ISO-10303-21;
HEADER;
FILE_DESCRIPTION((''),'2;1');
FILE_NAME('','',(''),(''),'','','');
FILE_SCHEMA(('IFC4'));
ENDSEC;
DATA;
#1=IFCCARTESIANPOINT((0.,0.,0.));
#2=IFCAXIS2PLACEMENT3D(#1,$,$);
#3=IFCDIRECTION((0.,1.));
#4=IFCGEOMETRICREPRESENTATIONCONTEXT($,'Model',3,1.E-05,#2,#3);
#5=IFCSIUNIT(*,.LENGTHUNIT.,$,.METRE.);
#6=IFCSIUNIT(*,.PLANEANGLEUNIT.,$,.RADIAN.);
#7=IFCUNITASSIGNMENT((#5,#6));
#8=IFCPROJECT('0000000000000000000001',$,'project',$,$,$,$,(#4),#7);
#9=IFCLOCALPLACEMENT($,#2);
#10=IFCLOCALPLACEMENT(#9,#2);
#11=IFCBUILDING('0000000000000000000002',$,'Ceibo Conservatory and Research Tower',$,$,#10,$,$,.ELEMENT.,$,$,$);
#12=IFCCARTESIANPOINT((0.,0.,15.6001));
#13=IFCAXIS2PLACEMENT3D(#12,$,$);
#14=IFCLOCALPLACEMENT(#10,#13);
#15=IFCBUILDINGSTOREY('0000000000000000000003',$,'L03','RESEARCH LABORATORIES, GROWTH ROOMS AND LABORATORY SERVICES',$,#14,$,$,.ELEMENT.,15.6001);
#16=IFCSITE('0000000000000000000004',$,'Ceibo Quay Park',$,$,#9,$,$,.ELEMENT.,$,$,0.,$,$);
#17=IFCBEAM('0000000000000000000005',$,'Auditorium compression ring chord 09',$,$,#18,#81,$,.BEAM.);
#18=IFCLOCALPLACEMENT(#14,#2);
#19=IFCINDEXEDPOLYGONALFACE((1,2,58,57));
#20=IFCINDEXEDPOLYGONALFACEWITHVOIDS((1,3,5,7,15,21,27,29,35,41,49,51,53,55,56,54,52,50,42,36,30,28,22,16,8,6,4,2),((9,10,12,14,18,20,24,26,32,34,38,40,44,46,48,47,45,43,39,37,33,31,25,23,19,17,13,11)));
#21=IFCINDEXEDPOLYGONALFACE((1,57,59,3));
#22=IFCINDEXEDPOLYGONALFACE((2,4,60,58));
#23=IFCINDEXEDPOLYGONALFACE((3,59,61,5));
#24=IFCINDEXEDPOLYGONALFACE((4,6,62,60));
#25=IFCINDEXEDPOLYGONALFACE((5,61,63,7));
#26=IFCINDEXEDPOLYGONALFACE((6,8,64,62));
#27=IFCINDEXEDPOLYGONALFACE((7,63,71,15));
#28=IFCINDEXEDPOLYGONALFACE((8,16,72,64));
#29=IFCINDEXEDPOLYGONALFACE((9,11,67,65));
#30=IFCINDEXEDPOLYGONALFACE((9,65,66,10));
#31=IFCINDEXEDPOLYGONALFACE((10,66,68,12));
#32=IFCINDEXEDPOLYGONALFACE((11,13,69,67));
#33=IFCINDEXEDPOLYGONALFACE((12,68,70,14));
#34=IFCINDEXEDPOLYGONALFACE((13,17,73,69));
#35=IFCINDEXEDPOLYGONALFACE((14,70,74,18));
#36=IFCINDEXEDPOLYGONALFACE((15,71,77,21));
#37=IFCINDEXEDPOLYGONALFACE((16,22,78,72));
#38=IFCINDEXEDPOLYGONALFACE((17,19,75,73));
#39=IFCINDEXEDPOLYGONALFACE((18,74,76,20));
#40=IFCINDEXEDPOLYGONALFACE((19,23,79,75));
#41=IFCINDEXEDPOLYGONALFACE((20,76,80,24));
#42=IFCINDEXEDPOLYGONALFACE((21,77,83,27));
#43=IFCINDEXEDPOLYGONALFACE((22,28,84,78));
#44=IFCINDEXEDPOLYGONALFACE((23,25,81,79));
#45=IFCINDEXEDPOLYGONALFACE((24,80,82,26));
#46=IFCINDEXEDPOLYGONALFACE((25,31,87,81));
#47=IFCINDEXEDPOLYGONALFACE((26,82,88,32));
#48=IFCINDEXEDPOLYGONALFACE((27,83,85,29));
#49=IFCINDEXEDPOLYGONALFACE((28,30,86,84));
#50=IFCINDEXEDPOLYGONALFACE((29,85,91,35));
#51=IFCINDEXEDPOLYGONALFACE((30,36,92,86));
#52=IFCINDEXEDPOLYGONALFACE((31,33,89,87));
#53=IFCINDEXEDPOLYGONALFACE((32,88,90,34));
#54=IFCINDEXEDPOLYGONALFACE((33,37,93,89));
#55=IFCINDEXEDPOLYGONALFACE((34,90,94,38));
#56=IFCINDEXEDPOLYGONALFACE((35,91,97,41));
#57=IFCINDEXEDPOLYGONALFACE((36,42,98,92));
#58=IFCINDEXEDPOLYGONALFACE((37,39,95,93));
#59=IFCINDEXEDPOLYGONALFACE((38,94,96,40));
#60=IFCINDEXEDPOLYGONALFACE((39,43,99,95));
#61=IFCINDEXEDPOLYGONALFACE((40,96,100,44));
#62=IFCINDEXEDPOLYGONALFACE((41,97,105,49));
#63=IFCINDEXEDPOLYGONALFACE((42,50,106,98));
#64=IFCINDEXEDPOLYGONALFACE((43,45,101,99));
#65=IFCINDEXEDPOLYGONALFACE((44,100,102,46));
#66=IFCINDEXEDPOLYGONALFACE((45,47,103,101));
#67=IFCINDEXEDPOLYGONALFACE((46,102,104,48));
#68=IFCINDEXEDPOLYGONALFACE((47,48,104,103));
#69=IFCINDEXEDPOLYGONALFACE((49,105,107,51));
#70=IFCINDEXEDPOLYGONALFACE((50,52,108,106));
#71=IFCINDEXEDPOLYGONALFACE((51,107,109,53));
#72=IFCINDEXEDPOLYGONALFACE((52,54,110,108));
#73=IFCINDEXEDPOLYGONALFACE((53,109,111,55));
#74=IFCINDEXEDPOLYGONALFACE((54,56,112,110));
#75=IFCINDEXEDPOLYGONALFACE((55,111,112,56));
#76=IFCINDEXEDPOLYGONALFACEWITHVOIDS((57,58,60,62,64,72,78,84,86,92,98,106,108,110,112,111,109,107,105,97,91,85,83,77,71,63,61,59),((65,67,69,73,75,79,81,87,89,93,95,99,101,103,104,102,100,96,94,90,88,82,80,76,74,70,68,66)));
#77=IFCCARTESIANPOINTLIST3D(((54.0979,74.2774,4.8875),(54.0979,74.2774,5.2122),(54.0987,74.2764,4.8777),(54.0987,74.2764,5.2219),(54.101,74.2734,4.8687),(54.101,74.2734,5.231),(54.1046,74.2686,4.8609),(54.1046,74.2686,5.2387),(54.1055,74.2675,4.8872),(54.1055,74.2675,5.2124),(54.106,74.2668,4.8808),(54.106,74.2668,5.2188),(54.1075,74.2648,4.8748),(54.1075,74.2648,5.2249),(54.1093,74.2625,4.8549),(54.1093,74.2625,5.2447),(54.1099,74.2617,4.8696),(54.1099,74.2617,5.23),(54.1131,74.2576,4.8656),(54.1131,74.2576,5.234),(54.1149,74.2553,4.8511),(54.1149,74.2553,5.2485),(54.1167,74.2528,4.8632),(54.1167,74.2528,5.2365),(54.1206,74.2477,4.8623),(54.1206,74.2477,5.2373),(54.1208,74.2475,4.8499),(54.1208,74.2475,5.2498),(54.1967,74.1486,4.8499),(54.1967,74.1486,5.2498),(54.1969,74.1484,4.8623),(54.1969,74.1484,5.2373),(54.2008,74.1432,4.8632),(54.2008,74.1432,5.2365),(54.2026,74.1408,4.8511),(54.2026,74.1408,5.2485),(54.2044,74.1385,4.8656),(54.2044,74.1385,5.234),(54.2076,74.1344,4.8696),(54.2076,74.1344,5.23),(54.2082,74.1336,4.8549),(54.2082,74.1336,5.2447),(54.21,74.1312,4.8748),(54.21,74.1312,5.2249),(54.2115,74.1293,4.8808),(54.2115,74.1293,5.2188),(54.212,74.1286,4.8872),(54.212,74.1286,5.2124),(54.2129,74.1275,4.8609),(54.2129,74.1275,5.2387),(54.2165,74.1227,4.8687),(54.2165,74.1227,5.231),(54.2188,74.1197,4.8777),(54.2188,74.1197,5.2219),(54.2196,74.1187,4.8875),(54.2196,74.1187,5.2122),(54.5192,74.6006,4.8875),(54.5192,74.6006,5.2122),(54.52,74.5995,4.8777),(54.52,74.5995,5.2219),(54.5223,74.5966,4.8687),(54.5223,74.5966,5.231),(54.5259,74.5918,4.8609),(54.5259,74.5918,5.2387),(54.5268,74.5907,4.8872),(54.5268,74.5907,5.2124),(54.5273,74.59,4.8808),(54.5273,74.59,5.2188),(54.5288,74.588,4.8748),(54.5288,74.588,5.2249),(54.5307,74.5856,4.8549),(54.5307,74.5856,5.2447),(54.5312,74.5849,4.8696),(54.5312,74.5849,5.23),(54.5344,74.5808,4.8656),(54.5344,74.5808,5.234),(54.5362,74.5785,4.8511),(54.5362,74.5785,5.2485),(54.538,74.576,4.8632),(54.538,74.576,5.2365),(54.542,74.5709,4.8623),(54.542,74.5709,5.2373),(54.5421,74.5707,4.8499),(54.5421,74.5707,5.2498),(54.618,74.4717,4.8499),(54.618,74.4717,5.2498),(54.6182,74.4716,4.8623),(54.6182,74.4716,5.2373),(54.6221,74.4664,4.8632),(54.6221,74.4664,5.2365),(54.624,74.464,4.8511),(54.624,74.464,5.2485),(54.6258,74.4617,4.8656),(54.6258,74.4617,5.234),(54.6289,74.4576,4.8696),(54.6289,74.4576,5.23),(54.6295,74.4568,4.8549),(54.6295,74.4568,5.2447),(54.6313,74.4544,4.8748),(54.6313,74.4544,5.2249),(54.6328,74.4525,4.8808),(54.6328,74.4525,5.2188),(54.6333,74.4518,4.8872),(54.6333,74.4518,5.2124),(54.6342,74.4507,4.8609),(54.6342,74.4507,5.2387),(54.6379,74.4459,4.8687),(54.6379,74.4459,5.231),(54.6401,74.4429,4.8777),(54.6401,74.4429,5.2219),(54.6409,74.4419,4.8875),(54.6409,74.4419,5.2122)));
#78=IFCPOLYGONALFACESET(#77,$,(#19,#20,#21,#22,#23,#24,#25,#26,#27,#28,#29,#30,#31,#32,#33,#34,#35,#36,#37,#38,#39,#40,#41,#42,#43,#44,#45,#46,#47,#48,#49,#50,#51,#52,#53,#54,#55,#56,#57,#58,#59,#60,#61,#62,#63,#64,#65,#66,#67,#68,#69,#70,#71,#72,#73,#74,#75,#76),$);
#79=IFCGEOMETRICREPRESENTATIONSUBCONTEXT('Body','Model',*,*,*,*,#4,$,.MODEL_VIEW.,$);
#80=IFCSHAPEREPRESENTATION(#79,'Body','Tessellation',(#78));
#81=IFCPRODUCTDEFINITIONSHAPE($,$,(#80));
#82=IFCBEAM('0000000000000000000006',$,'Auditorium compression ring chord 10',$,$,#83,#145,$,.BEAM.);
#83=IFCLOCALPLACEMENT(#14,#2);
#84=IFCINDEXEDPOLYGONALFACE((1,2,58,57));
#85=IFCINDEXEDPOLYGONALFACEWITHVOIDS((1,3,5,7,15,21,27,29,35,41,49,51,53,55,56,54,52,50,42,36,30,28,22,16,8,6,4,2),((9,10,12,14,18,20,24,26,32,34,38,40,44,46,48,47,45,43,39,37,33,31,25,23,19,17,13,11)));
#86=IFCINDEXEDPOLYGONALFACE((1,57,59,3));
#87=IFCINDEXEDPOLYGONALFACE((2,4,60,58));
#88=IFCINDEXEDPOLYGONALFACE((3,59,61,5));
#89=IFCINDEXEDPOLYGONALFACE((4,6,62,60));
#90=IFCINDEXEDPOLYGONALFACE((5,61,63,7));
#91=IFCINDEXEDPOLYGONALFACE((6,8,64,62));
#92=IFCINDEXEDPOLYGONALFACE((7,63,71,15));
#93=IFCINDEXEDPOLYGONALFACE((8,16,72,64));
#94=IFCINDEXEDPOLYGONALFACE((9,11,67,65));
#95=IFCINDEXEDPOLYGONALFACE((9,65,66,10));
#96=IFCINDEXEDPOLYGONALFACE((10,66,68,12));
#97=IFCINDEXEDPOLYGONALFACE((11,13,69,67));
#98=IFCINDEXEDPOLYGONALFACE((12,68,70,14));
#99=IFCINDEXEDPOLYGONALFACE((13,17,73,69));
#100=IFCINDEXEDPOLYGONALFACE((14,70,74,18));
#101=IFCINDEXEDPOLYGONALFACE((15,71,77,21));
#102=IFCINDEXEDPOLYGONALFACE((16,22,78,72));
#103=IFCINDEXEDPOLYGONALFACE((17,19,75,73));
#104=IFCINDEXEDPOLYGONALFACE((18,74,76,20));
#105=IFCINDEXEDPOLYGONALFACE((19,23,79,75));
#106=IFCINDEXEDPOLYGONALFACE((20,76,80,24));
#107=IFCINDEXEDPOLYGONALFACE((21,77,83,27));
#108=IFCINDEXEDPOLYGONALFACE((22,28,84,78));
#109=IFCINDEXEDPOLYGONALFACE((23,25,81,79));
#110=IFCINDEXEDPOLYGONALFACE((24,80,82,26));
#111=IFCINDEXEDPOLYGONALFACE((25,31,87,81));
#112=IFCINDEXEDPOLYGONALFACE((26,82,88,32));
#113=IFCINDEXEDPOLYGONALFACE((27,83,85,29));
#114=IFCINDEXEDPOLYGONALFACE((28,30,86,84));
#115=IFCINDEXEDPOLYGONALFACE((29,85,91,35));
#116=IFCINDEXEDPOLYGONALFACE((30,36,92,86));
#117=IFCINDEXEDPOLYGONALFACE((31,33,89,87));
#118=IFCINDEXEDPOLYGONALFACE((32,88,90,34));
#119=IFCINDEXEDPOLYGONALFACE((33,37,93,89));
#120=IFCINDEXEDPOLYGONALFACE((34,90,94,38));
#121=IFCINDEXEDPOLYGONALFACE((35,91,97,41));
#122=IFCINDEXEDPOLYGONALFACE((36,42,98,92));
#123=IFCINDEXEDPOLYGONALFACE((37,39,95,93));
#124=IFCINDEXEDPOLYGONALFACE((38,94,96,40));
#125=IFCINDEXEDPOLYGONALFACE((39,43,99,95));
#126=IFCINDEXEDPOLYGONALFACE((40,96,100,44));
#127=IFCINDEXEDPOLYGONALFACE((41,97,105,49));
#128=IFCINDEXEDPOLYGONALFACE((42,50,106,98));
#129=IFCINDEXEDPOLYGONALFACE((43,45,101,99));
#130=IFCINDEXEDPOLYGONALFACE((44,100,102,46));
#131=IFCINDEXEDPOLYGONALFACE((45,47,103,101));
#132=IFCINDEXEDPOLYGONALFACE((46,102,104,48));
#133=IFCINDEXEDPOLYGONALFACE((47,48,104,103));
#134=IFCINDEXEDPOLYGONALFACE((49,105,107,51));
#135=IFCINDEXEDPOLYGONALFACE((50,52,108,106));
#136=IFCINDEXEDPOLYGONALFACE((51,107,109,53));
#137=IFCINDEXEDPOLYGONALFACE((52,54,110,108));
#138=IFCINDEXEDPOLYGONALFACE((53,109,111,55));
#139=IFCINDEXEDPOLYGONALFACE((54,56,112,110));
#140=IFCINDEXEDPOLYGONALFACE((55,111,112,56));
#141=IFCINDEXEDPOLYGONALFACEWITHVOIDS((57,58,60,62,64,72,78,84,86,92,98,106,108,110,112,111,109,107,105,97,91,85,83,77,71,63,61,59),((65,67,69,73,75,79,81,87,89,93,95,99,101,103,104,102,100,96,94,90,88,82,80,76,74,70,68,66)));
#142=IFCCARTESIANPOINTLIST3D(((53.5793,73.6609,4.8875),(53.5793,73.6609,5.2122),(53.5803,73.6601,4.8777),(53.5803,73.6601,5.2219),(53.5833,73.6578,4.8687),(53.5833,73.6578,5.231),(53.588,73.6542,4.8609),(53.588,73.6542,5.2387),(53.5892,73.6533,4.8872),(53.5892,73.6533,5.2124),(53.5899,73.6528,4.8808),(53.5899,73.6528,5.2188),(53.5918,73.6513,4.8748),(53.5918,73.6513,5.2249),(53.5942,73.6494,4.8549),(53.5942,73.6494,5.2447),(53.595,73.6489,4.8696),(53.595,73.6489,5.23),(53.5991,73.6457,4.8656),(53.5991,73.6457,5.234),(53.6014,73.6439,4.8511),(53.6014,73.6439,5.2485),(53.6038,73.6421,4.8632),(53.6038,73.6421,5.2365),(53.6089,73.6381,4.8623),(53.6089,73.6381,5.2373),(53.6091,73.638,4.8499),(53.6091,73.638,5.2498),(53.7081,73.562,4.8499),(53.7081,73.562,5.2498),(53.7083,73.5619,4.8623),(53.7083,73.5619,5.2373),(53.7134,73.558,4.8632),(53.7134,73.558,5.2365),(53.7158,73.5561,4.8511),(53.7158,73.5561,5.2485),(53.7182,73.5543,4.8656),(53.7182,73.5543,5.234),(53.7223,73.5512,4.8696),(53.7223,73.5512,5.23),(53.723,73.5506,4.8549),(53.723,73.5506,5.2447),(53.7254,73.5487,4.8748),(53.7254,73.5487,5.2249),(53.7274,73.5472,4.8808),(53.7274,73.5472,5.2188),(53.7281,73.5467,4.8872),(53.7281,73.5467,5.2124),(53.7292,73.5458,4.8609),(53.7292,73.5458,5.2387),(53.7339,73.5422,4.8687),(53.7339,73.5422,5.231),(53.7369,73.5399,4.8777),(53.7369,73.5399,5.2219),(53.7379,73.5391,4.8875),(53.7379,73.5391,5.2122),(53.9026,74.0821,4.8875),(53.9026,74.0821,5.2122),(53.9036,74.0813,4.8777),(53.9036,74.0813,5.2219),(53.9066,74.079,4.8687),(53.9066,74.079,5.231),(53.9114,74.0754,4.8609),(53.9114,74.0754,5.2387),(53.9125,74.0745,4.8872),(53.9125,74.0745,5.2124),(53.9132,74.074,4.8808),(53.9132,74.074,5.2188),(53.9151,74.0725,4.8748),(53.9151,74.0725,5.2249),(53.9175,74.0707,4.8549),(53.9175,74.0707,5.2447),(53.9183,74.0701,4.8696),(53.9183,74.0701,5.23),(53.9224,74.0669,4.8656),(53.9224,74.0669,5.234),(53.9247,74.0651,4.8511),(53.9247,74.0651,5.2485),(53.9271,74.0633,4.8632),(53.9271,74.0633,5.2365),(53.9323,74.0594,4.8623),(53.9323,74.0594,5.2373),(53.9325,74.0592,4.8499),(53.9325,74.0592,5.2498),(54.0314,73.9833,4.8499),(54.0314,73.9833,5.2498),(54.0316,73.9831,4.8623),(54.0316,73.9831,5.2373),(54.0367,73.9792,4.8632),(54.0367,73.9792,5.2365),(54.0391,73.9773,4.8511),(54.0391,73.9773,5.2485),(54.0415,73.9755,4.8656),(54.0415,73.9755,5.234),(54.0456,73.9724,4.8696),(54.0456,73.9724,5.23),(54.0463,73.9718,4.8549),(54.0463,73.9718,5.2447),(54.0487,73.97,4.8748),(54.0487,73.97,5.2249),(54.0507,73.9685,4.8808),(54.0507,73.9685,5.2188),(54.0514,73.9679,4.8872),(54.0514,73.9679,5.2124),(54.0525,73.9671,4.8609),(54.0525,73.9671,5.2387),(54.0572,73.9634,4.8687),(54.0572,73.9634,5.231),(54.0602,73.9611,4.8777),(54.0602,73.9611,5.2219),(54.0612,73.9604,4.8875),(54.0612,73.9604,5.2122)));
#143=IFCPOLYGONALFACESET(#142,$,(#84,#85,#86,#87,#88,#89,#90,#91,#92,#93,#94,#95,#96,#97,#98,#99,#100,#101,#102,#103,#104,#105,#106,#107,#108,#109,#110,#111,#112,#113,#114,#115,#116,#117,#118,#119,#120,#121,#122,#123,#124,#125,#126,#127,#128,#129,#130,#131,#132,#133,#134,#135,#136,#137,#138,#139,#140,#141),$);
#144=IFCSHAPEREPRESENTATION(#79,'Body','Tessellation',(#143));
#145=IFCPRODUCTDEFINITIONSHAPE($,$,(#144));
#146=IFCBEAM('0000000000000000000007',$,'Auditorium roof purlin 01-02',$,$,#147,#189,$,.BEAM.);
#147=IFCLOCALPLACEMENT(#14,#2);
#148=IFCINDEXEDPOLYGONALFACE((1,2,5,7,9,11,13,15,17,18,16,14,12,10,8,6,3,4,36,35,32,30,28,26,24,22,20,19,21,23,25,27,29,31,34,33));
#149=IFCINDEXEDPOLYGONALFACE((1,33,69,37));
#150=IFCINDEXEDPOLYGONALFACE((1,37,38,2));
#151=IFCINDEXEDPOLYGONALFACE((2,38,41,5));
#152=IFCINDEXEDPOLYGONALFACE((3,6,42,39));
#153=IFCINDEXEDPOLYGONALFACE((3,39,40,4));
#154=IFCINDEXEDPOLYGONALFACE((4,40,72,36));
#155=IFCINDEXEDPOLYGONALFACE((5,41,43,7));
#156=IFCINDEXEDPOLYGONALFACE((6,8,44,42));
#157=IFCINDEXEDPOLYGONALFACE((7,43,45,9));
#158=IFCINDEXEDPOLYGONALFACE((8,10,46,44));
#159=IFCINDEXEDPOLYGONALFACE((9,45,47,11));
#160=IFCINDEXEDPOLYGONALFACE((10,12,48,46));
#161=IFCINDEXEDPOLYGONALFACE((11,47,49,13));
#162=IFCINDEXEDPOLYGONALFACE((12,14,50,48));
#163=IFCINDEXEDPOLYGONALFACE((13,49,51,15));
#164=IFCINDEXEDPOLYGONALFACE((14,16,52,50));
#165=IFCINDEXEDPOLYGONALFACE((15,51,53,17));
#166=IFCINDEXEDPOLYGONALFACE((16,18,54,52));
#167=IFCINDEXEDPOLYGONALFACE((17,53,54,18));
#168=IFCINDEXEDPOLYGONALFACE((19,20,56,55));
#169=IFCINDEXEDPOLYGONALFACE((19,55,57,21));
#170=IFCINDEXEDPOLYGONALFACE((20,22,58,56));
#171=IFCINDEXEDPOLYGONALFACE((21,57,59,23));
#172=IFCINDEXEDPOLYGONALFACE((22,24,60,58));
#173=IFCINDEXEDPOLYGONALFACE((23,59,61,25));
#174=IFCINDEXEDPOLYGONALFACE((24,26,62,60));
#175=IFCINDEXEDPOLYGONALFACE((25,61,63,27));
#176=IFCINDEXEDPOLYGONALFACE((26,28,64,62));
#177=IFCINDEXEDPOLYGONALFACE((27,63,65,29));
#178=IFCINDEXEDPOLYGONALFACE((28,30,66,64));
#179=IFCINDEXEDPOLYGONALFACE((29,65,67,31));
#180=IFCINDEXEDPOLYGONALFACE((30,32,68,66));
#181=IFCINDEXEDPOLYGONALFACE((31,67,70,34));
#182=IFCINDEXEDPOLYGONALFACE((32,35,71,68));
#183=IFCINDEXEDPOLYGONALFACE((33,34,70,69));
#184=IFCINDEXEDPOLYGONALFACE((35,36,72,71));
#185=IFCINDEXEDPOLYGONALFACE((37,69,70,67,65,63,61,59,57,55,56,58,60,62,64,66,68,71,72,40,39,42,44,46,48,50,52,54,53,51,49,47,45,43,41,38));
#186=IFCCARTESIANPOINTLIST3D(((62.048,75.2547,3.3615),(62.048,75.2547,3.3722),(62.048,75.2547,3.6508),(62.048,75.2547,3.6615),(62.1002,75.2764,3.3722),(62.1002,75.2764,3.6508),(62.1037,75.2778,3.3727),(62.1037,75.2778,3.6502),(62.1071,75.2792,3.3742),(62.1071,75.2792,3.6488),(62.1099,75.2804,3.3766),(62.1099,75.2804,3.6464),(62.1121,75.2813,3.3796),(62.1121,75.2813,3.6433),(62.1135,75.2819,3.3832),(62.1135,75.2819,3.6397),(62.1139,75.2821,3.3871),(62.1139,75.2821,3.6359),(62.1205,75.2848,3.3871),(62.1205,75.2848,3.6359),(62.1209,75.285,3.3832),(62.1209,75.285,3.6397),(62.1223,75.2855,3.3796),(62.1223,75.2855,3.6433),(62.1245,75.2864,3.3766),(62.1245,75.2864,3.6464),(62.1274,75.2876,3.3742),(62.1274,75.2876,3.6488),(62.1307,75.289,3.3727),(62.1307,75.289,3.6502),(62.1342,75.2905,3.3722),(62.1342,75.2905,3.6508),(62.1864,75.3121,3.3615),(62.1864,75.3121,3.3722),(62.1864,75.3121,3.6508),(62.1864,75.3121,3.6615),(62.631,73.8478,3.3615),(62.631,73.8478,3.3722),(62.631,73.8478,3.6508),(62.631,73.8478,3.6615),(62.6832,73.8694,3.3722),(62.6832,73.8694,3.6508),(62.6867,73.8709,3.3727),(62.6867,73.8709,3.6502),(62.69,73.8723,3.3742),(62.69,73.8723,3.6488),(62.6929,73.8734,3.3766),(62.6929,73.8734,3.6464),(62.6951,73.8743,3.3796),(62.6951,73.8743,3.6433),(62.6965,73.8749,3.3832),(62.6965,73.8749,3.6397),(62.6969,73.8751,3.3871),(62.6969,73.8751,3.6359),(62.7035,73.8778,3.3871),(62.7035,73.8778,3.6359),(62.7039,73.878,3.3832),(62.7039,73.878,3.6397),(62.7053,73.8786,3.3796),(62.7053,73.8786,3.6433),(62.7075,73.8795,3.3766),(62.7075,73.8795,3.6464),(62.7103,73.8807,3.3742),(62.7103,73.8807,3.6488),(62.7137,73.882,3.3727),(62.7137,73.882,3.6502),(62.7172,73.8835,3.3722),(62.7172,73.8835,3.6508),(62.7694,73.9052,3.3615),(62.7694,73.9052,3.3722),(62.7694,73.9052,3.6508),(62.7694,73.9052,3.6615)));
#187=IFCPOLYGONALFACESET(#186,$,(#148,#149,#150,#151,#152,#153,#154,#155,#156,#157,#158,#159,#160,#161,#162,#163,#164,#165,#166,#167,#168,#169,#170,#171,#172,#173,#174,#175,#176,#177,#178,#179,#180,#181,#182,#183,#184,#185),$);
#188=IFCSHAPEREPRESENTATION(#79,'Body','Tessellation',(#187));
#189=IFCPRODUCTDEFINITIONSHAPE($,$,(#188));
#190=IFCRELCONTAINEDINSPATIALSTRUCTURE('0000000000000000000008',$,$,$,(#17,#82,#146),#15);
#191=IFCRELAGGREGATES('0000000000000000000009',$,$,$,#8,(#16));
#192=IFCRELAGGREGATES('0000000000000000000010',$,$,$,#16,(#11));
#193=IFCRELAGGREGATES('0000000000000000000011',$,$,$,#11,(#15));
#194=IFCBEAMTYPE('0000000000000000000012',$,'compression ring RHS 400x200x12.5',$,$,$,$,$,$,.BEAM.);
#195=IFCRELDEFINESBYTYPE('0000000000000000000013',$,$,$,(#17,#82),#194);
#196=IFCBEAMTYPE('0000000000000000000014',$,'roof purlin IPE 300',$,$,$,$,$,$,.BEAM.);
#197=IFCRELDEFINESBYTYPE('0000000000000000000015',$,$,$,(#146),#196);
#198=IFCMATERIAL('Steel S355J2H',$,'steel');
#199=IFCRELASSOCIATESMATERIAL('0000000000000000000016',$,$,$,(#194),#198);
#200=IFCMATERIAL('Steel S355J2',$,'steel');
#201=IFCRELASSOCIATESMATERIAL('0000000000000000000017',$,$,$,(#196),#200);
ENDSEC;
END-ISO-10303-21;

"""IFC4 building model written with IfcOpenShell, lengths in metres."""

from ifc_helpers import new_model, si_unit, direction, frame, origin, origin_2d, place, context, subcontext, project, spatial, hollow_rectangle, i_section, extrude, material, material_profile, profile_set, type_object, element, save


model = new_model("IFC4")

# Units and contexts
model_context = context("Model", 3, precision=1e-05, world=origin(), true_north=direction((0.0, 1.0)))
body_context = subcontext(model_context, "Body", "Model", "MODEL_VIEW")
ifc_project = project(units=[si_unit("LENGTHUNIT", "METRE"), si_unit("PLANEANGLEUNIT", "RADIAN")], contexts=[model_context])

# Site, building, storey
site_placement = place(None, origin())
site = spatial("IfcSite", under=ifc_project, at=site_placement, Name="Ceibo Quay Park", CompositionType="ELEMENT", RefElevation=0.0)
building_placement = place(site_placement, origin())
building = spatial("IfcBuilding", under=site, at=building_placement, Name="Ceibo Conservatory and Research Tower", CompositionType="ELEMENT")
storey_placement = place(building_placement, frame((0.0, 0.0, 15.6001)))
storey = spatial("IfcBuildingStorey", under=building, at=storey_placement, Name="L03", Description="RESEARCH LABORATORIES, GROWTH ROOMS AND LABORATORY SERVICES", CompositionType="ELEMENT", Elevation=15.6001)

# Beams
ifc_material_1 = material(Name="Steel S355J2H", Category="steel")
ifc_material_profile_1 = material_profile(ifc_material_1, hollow_rectangle(XDim=0.2, YDim=0.3999, WallThickness=0.0125, InnerFilletRadius=0.0249, OuterFilletRadius=0.0376, at=origin_2d()), Name="RHS 400x200x12.5")
ifc_profile_set_1 = profile_set([ifc_material_profile_1], Name="Steel S355J2H")
beam_type_1 = type_object("IfcBeamType", Name="compression ring RHS 400x200x12.5", PredefinedType="BEAM", material=ifc_profile_set_1)
for number, where, z_axis, x_axis, name in (
    (1, (54.5801, 74.5212, 5.0498), (-0.793444, -0.608644, 0.0), (0.608644, -0.793444, 0.0), "Auditorium compression ring chord 09"),
    (2, (53.9819, 74.0212, 5.0498), (-0.608866, -0.793273, 0.0), (0.793273, -0.608866, 0.0), "Auditorium compression ring chord 10"),
):
    element("IfcBeam", number, at=place(storey_placement, frame(where, z_axis=z_axis, x_axis=x_axis)), inside=storey, type_object=beam_type_1, Name=name, PredefinedType="BEAM", context=body_context, shape_type="SweptSolid", body=[
        extrude(hollow_rectangle(XDim=0.2, YDim=0.3999, WallThickness=0.0125, InnerFilletRadius=0.0249, OuterFilletRadius=0.0376, at=origin_2d()), origin(), (0.0, 0.0, 1.0), 0.531),
    ])
ifc_material_2 = material(Name="Steel S355J2", Category="steel")
ifc_material_profile_2 = material_profile(ifc_material_2, i_section(OverallWidth=0.1499, OverallDepth=0.3, WebThickness=0.0071, FlangeThickness=0.0107, FilletRadius=0.0149, at=origin_2d()), Name="IPE 300")
ifc_profile_set_2 = profile_set([ifc_material_profile_2], Name="Steel S355J2")
beam_type_2 = type_object("IfcBeamType", Name="roof purlin IPE 300", PredefinedType="BEAM", material=ifc_profile_set_2)
beam_1_placement = place(storey_placement, frame((62.7002, 73.8765, 3.5115), z_axis=(-0.382805, 0.923829, 0.0), x_axis=(-0.923829, -0.382805, 0.0)))
element("IfcBeam", 3, at=beam_1_placement, inside=storey, type_object=beam_type_2, Name="Auditorium roof purlin 01-02", PredefinedType="BEAM", context=body_context, shape_type="SweptSolid", body=[
    extrude(i_section(OverallWidth=0.1499, OverallDepth=0.3, WebThickness=0.0071, FlangeThickness=0.0107, FilletRadius=0.0149, at=origin_2d()), origin(), (0.0, 0.0, 1.0), 1.5229),
])

save(model, "model.ifc")
